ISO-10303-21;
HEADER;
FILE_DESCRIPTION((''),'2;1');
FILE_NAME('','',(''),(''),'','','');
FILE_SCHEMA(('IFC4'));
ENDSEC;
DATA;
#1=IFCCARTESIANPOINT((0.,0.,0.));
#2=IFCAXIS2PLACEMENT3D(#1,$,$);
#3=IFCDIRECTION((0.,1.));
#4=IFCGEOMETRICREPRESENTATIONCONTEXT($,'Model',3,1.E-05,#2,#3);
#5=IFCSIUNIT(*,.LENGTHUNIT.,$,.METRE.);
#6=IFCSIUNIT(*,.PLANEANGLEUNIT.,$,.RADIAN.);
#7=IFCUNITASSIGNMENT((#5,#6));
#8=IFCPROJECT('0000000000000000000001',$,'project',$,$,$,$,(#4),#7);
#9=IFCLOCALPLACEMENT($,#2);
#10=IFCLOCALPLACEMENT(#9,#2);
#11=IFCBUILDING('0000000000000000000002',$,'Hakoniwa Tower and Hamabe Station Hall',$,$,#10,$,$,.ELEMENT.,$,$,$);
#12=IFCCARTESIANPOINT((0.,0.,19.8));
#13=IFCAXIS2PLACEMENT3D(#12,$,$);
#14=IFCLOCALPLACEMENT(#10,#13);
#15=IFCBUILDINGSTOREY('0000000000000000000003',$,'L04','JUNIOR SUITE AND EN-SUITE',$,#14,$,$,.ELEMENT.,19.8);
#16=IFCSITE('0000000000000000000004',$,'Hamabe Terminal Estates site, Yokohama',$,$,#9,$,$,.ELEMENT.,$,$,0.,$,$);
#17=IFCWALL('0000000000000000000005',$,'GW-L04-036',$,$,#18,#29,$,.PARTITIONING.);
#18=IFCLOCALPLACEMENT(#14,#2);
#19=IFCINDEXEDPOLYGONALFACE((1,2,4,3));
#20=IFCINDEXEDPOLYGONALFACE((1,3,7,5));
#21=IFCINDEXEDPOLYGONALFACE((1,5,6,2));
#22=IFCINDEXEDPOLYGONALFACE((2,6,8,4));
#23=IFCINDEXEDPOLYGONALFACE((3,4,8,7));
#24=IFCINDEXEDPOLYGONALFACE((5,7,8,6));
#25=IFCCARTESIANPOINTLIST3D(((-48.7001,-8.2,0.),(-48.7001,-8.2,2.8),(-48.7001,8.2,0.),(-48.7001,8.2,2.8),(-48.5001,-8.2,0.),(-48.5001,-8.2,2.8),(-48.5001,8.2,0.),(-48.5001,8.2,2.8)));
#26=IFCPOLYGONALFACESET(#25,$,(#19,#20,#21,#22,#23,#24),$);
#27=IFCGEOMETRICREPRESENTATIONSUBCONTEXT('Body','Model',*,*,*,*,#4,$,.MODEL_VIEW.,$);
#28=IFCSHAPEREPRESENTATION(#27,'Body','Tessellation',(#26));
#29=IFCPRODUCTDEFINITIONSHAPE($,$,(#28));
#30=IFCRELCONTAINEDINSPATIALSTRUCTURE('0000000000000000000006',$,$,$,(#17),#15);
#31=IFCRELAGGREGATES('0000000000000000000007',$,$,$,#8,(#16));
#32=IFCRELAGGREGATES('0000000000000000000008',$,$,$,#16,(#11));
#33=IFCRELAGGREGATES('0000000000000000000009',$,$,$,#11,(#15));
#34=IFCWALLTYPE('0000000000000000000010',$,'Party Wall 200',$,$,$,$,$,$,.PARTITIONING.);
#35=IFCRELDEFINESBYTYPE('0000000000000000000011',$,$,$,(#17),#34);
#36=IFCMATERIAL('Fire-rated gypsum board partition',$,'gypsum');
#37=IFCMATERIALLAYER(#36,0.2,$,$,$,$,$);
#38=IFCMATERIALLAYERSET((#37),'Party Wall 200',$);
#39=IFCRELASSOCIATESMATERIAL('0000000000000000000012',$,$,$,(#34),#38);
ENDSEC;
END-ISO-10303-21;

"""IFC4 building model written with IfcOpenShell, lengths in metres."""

from ifc_helpers import new_model, si_unit, direction, frame, frame_2d, origin, place, context, subcontext, project, spatial, rectangle, extrude, material, layer, layer_set, type_object, element, save


model = new_model("IFC4")

# Units and contexts
model_context = context("Model", 3, precision=1e-05, world=origin(), true_north=direction((0.0, 1.0)))
body_context = subcontext(model_context, "Body", "Model", "MODEL_VIEW")
ifc_project = project(units=[si_unit("LENGTHUNIT", "METRE"), si_unit("PLANEANGLEUNIT", "RADIAN")], contexts=[model_context])

# Site, building, storey
site_placement = place(None, origin())
site = spatial("IfcSite", under=ifc_project, at=site_placement, Name="Hamabe Terminal Estates site, Yokohama", CompositionType="ELEMENT", RefElevation=0.0)
building_placement = place(site_placement, origin())
building = spatial("IfcBuilding", under=site, at=building_placement, Name="Hakoniwa Tower and Hamabe Station Hall", CompositionType="ELEMENT")
storey_placement = place(building_placement, frame((0.0, 0.0, 19.8)))
storey = spatial("IfcBuildingStorey", under=building, at=storey_placement, Name="L04", Description="JUNIOR SUITE AND EN-SUITE", CompositionType="ELEMENT", Elevation=19.8)

# Wall
ifc_material_1 = material(Name="Fire-rated gypsum board partition", Category="gypsum")
ifc_layer_1 = layer(ifc_material_1, 0.2)
ifc_layer_set_1 = layer_set([ifc_layer_1], Name="Party Wall 200")
wall_type_1 = type_object("IfcWallType", Name="Party Wall 200", PredefinedType="PARTITIONING", material=ifc_layer_set_1)
wall_1_placement = place(storey_placement, frame((-48.6001, -8.2, 0.0), z_axis=(0.0, 0.0, 1.0), x_axis=(0.0, 1.0, 0.0)))
element("IfcWall", 1, at=wall_1_placement, inside=storey, type_object=wall_type_1, Name="GW-L04-036", PredefinedType="PARTITIONING", context=body_context, shape_type="SweptSolid", body=[
    extrude(rectangle(XDim=16.3999, YDim=0.2, at=frame_2d((8.2, 0.0))), origin(), (0.0, 0.0, 1.0), 2.8),
])

save(model, "model.ifc")
